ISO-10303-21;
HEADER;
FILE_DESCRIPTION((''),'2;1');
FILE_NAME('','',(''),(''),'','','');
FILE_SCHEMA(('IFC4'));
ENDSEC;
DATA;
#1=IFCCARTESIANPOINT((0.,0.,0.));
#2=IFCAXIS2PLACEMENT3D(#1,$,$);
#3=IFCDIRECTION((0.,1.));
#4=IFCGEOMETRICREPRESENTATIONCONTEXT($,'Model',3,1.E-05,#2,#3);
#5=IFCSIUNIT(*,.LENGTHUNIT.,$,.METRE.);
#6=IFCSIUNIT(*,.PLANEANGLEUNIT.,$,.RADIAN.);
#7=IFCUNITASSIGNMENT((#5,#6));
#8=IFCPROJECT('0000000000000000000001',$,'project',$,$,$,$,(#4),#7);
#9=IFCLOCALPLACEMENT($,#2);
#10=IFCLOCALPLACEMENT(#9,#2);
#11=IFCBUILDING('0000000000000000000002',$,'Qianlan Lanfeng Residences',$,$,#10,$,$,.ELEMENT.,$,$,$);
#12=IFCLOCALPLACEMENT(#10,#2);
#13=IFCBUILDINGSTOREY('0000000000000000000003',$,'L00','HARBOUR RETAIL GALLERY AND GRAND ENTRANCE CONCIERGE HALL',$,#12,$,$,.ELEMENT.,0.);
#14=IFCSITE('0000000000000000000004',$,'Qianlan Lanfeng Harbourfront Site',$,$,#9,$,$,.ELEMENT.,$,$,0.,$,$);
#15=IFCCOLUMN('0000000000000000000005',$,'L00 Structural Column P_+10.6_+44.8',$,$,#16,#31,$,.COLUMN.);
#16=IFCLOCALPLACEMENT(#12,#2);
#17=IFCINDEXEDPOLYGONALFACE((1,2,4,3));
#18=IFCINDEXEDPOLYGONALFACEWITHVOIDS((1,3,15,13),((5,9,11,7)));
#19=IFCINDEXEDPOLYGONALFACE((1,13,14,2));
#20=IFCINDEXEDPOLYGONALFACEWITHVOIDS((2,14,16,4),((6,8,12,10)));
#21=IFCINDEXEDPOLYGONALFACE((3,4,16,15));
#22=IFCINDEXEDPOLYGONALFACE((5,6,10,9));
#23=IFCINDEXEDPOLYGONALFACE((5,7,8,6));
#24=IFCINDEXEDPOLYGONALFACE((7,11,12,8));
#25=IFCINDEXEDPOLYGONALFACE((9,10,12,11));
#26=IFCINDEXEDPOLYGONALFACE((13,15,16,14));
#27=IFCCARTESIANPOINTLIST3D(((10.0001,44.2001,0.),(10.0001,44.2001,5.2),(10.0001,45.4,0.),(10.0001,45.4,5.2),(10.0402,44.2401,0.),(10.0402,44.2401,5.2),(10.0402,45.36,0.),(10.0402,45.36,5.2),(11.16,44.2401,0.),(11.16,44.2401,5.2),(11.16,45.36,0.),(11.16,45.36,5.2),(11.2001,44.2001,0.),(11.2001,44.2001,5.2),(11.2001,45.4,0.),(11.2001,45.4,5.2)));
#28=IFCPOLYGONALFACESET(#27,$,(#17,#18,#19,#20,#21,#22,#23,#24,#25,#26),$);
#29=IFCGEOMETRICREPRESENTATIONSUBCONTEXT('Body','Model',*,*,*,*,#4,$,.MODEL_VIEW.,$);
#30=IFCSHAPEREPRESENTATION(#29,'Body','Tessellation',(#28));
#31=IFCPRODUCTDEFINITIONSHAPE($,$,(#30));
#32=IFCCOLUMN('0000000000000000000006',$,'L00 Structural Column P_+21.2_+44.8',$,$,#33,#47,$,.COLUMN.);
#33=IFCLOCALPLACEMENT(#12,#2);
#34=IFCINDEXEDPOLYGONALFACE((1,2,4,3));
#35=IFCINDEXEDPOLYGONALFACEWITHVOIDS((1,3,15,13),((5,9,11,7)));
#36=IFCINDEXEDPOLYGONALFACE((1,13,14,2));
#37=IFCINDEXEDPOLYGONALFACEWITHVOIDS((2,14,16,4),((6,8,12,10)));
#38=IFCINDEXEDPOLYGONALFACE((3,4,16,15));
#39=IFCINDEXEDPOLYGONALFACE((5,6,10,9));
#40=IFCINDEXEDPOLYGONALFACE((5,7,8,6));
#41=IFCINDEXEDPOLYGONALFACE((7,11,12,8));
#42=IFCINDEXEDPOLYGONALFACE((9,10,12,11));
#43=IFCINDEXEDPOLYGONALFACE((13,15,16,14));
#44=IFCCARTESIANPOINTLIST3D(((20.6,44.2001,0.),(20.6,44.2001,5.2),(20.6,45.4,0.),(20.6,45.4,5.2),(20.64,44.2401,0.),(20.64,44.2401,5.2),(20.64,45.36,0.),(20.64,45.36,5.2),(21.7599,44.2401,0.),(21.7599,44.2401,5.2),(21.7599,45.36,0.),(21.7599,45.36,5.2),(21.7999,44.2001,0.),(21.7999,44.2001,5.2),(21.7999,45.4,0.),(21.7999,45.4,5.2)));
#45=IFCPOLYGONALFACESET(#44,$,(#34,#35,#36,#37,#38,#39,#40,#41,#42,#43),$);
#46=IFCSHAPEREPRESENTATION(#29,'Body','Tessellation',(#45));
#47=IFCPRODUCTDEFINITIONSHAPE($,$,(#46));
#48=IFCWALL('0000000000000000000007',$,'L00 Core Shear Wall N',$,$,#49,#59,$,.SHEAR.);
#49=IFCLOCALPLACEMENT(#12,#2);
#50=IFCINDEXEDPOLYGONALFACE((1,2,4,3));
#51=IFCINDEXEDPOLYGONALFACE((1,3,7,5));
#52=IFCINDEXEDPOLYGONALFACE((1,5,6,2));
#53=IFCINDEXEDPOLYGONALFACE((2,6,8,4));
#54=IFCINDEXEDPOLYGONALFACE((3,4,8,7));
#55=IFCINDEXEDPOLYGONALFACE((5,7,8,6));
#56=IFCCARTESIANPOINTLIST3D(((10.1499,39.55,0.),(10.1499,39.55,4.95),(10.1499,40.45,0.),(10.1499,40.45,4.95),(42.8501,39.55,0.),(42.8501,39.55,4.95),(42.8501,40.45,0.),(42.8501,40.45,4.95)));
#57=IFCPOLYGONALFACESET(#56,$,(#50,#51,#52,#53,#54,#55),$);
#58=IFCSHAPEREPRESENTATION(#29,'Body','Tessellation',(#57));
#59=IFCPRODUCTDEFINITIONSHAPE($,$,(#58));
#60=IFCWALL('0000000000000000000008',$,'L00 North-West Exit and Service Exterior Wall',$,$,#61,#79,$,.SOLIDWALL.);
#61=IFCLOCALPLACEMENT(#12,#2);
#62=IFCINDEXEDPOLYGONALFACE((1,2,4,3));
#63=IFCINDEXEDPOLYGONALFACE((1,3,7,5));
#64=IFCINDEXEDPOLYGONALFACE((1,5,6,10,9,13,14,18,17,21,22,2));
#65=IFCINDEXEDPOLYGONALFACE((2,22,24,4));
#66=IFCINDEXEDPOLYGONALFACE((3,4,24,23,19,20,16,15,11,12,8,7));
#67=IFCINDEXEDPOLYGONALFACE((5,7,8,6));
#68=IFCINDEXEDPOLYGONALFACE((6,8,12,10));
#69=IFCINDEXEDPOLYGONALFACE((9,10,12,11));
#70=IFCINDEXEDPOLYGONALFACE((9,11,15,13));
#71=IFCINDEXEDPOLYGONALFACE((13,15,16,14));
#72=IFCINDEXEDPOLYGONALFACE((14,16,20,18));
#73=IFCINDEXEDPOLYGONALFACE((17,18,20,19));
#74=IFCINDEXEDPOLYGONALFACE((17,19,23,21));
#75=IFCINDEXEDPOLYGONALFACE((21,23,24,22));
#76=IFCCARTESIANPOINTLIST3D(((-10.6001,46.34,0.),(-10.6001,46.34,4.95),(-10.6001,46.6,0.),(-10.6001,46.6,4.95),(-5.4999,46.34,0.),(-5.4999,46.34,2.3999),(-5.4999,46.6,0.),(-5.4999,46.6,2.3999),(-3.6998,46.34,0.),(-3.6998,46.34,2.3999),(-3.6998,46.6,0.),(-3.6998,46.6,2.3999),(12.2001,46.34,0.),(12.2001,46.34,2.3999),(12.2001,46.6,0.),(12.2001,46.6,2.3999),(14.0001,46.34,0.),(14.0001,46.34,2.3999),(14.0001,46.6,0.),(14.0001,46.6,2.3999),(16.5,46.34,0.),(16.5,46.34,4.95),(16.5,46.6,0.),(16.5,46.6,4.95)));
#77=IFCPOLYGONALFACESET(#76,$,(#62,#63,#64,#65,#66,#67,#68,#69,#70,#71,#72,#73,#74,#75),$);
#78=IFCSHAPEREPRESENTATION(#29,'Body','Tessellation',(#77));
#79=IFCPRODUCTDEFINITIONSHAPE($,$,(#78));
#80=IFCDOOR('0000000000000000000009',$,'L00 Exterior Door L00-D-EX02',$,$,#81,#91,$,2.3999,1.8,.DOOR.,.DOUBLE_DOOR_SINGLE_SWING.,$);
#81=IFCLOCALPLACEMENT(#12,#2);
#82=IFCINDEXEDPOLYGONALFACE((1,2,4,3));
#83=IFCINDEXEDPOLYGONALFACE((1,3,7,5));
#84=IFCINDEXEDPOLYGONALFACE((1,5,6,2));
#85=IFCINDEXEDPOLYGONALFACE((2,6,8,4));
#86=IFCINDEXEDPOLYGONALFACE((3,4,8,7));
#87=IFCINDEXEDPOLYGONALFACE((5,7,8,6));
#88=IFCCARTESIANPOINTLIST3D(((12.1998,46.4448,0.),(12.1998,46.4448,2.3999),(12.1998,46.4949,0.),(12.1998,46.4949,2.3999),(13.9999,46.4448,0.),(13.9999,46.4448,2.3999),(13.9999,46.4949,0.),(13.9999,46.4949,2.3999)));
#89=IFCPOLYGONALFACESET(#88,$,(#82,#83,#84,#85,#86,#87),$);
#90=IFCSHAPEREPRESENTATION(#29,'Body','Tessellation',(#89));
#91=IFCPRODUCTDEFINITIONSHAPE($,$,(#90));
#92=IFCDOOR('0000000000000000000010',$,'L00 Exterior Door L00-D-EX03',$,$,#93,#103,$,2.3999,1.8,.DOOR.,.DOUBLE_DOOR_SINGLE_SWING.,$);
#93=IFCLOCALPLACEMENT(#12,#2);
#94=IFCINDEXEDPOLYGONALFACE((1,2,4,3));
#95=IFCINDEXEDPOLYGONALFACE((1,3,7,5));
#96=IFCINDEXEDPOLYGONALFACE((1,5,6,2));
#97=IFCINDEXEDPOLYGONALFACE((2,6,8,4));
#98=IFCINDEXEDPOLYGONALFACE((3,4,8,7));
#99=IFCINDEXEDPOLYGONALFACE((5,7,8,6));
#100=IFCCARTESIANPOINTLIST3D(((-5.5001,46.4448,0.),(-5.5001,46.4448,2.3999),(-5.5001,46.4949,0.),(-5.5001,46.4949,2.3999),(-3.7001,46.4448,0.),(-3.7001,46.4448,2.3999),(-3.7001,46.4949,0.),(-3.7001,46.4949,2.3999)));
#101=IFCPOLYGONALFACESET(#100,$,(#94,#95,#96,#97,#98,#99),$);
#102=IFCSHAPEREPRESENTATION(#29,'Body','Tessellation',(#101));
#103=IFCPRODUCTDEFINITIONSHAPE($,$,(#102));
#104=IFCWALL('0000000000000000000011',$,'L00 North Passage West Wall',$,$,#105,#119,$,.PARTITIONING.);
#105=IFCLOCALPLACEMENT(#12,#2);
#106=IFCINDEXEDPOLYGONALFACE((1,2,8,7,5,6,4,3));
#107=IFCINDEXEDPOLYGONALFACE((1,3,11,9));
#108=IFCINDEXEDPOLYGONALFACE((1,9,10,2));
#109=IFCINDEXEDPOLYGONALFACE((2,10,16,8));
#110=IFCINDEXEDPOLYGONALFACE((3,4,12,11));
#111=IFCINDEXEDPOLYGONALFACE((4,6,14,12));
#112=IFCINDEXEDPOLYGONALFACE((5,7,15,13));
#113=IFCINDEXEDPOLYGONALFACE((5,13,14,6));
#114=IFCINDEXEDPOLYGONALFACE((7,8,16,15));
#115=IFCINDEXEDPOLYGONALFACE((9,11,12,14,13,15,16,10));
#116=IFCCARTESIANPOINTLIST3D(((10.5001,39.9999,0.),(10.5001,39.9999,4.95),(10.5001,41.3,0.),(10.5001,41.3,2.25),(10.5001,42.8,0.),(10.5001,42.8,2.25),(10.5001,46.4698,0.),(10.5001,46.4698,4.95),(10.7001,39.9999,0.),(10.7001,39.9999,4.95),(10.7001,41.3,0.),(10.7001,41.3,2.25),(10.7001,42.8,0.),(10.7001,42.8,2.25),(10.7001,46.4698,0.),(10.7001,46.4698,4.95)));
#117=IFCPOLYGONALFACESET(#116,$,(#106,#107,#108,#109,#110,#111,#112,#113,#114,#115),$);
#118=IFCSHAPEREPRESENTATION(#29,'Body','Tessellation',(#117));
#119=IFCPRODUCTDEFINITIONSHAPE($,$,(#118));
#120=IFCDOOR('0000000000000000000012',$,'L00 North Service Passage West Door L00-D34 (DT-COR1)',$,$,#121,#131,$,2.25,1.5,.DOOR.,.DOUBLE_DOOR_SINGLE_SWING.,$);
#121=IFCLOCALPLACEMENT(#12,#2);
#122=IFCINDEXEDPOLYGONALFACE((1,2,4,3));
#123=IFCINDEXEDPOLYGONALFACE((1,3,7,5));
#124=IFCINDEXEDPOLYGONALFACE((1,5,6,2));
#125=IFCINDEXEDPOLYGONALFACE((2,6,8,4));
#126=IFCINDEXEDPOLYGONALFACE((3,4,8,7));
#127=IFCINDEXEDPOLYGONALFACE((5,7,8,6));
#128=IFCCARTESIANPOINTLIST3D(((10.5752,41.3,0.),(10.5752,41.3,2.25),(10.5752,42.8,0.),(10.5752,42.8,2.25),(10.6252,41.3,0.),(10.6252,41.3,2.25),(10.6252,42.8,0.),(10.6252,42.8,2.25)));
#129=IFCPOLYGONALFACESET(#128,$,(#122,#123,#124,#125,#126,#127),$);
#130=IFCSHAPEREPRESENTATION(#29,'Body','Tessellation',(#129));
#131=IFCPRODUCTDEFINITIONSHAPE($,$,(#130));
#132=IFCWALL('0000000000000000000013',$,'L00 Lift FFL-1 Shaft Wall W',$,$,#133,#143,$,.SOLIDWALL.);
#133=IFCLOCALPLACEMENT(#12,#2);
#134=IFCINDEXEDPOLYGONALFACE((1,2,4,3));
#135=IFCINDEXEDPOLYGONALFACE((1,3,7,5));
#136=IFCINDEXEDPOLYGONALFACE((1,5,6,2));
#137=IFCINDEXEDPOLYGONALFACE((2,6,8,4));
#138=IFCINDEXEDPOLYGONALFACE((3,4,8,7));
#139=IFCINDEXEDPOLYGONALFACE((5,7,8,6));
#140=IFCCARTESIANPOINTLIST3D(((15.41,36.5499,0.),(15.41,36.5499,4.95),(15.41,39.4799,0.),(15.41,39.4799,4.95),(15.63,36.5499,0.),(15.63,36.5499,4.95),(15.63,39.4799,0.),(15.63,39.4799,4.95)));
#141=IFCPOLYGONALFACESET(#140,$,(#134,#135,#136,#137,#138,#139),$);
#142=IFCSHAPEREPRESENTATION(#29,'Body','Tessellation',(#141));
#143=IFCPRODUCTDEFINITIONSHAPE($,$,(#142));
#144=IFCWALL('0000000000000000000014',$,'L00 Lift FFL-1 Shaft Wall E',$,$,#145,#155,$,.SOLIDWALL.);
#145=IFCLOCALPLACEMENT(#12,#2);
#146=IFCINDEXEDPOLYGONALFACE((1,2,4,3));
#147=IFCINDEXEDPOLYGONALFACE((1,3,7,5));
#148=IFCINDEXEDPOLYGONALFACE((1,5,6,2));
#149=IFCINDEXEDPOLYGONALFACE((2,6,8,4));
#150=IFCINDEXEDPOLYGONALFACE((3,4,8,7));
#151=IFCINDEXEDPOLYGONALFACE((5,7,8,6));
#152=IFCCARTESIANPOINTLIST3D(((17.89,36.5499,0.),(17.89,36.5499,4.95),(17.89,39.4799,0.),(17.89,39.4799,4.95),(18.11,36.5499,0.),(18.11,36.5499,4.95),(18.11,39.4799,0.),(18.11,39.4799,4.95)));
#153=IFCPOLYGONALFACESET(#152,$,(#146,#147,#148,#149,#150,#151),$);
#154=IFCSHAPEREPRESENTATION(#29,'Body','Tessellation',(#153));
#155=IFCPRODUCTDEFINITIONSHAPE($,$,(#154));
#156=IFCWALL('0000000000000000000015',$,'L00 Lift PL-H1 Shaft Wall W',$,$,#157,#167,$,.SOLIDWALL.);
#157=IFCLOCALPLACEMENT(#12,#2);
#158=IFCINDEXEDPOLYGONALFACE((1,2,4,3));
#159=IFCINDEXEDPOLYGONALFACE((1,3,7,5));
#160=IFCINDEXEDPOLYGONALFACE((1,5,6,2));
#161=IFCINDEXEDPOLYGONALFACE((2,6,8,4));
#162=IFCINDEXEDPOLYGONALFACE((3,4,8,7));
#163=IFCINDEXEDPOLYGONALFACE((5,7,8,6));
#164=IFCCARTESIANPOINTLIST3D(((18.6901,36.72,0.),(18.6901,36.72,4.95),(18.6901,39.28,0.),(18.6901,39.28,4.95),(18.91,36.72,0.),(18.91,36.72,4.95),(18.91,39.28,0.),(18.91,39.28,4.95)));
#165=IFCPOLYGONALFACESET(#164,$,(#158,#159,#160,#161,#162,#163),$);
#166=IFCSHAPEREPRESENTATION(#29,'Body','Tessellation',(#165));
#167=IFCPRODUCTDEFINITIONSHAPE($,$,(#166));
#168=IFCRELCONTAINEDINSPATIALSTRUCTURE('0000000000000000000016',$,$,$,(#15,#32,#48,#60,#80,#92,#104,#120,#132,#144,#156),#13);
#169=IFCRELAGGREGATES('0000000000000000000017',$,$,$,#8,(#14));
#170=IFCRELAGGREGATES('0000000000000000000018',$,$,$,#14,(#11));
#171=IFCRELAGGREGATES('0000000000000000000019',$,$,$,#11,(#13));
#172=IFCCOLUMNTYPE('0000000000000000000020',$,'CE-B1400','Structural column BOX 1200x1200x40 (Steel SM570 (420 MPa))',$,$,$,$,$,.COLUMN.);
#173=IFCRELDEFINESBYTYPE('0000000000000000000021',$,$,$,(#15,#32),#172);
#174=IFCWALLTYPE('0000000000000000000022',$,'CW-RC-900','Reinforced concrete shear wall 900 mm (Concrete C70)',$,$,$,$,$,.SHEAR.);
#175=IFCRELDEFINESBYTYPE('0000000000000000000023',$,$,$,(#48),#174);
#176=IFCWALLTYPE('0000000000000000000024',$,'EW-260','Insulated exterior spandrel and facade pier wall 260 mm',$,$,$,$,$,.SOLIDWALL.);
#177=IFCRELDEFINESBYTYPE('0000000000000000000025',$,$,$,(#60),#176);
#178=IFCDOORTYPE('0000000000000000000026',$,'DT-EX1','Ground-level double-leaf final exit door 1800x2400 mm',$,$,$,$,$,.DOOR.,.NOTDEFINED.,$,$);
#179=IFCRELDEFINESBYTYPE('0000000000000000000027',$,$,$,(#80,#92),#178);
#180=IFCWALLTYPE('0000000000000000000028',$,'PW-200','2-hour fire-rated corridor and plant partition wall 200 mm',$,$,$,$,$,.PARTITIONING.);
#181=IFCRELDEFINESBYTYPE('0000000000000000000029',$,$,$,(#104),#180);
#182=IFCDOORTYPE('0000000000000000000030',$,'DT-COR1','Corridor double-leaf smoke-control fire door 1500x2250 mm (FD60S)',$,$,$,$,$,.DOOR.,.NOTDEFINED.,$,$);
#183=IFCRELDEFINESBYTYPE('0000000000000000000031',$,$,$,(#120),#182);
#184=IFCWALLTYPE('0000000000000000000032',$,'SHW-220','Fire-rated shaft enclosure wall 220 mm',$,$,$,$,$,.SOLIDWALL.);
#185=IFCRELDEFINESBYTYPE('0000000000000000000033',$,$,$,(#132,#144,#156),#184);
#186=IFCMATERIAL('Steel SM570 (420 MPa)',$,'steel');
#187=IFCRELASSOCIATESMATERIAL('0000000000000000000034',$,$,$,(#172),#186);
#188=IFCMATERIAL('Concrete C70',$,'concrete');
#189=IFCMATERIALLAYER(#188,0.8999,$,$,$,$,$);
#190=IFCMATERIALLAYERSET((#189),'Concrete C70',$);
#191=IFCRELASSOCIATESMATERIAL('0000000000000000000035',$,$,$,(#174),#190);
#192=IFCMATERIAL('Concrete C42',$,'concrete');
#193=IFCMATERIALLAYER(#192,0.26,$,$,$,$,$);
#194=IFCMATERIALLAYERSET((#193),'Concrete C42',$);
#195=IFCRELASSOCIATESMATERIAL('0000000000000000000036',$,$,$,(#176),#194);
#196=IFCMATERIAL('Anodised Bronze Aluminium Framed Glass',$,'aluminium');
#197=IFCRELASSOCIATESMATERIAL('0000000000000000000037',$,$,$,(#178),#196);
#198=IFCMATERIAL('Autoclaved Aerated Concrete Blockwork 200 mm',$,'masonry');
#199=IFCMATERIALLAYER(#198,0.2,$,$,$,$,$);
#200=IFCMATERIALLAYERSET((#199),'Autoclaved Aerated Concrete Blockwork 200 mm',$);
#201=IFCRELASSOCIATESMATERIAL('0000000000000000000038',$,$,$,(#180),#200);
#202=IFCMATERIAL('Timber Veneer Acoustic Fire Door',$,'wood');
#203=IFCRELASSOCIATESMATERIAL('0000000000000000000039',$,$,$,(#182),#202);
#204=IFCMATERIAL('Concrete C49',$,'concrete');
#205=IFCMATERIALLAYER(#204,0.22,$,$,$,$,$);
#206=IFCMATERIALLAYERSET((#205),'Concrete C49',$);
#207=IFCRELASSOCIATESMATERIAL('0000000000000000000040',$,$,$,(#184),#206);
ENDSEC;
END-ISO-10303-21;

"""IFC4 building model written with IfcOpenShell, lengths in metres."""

from ifc_helpers import new_model, si_unit, direction, frame, frame_2d, origin, origin_2d, place, context, subcontext, project, spatial, rectangle, hollow_rectangle, extrude, material, layer, layer_set, material_profile, profile_set, type_object, element, fill, save


model = new_model("IFC4")

# Units and contexts
model_context = context("Model", 3, precision=1e-05, world=origin(), true_north=direction((0.0, 1.0)))
body_context = subcontext(model_context, "Body", "Model", "MODEL_VIEW")
ifc_project = project(units=[si_unit("LENGTHUNIT", "METRE"), si_unit("PLANEANGLEUNIT", "RADIAN")], contexts=[model_context])

# Site, building, storey
site_placement = place(None, origin())
site = spatial("IfcSite", under=ifc_project, at=site_placement, Name="Qianlan Lanfeng Harbourfront Site", CompositionType="ELEMENT", RefElevation=0.0)
building_placement = place(site_placement, origin())
building = spatial("IfcBuilding", under=site, at=building_placement, Name="Qianlan Lanfeng Residences", CompositionType="ELEMENT")
storey_placement = place(building_placement, origin())
storey = spatial("IfcBuildingStorey", under=building, at=storey_placement, Name="L00", Description="HARBOUR RETAIL GALLERY AND GRAND ENTRANCE CONCIERGE HALL", CompositionType="ELEMENT", Elevation=0.0)

# Columns
ifc_material_1 = material(Name="Steel SM570 (420 MPa)", Category="steel")
ifc_material_profile = material_profile(ifc_material_1, hollow_rectangle(XDim=1.2, YDim=1.2, WallThickness=0.04, at=origin_2d()), Name="BOX 1200x1200x40")
ifc_profile_set = profile_set([ifc_material_profile], Name="Steel SM570 (420 MPa)")
column_type = type_object("IfcColumnType", Name="CE-B1400", Description="Structural column BOX 1200x1200x40 (Steel SM570 (420 MPa))", PredefinedType="COLUMN", material=ifc_profile_set)
for number, where, z_axis, x_axis, name in (
    (1, (10.6001, 44.8, 0.0), (0.0, 0.0, 1.0), (1.0, 0.0, 0.0), "L00 Structural Column P_+10.6_+44.8"),
    (2, (21.2, 44.8, 0.0), (0.0, 0.0, 1.0), (1.0, 0.0, 0.0), "L00 Structural Column P_+21.2_+44.8"),
):
    element("IfcColumn", number, at=place(storey_placement, frame(where, z_axis=z_axis, x_axis=x_axis)), inside=storey, type_object=column_type, Name=name, PredefinedType="COLUMN", context=body_context, shape_type="SweptSolid", body=[
        extrude(hollow_rectangle(XDim=1.2, YDim=1.2, WallThickness=0.04, at=origin_2d()), origin(), (0.0, 0.0, 1.0), 5.2),
    ])

# Shared definitions
ifc_material_2 = material(Name="Concrete C70", Category="concrete")

# Wall
ifc_layer_1 = layer(ifc_material_2, 0.8999)
ifc_layer_set_1 = layer_set([ifc_layer_1], Name="Concrete C70")
wall_type_1 = type_object("IfcWallType", Name="CW-RC-900", Description="Reinforced concrete shear wall 900 mm (Concrete C70)", PredefinedType="SHEAR", material=ifc_layer_set_1)
wall_1_placement = place(storey_placement, frame((10.1499, 40.0, 0.0), z_axis=(0.0, 0.0, 1.0), x_axis=(1.0, 0.0, 0.0)))
element("IfcWall", 3, at=wall_1_placement, inside=storey, type_object=wall_type_1, Name="L00 Core Shear Wall N", PredefinedType="SHEAR", context=body_context, shape_type="SweptSolid", body=[
    extrude(rectangle(XDim=32.7002, YDim=0.8999, at=frame_2d((16.3501, 0.0))), origin(), (0.0, 0.0, 1.0), 4.95),
])

# Wall, openings, doors
ifc_material_3 = material(Name="Concrete C42", Category="concrete")
ifc_layer_2 = layer(ifc_material_3, 0.26)
ifc_layer_set_2 = layer_set([ifc_layer_2], Name="Concrete C42")
wall_type_2 = type_object("IfcWallType", Name="EW-260", Description="Insulated exterior spandrel and facade pier wall 260 mm", PredefinedType="SOLIDWALL", material=ifc_layer_set_2)
wall_2_placement = place(storey_placement, frame((16.5, 46.47, 0.0), z_axis=(0.0, 0.0, 1.0), x_axis=(-1.0, 0.0, 0.0)))
wall_2 = element("IfcWall", 4, at=wall_2_placement, inside=storey, type_object=wall_type_2, Name="L00 North-West Exit and Service Exterior Wall", PredefinedType="SOLIDWALL", context=body_context, shape_type="SweptSolid", body=[
    extrude(rectangle(XDim=27.1001, YDim=0.26, at=frame_2d((13.55, 0.0))), origin(), (0.0, 0.0, 1.0), 4.95),
])
opening_1_placement = place(wall_2_placement, frame((2.5, 0.0, 0.0)))
opening_1 = element("IfcOpeningElement", 5, at=opening_1_placement, cuts=wall_2, PredefinedType="OPENING", context=body_context, shape_type="SweptSolid", body=[
    extrude(rectangle(XDim=1.8, YDim=2.3999, at=frame_2d((0.8999, 1.2))), frame((0.0, 0.1401, 0.0), z_axis=(0.0, -1.0, 0.0), x_axis=(1.0, 0.0, 0.0)), (0.0, 0.0, 1.0), 0.28),
])
opening_2_placement = place(wall_2_placement, frame((20.2, 0.0, 0.0)))
opening_2 = element("IfcOpeningElement", 6, at=opening_2_placement, cuts=wall_2, PredefinedType="OPENING", context=body_context, shape_type="SweptSolid", body=[
    extrude(rectangle(XDim=1.8, YDim=2.3999, at=frame_2d((0.8999, 1.2))), frame((0.0, 0.1401, 0.0), z_axis=(0.0, -1.0, 0.0), x_axis=(1.0, 0.0, 0.0)), (0.0, 0.0, 1.0), 0.28),
])
ifc_material_4 = material(Name="Anodised Bronze Aluminium Framed Glass", Category="aluminium")
door_type_1 = type_object("IfcDoorType", Name="DT-EX1", Description="Ground-level double-leaf final exit door 1800x2400 mm", OperationType="NOTDEFINED", PredefinedType="DOOR", material=ifc_material_4)
door_1_placement = place(opening_1_placement, frame((1.8, 0.0, 0.0), z_axis=(0.0, 0.0, 1.0), x_axis=(-1.0, 0.0, 0.0)))
door_1 = element("IfcDoor", 7, at=door_1_placement, inside=storey, type_object=door_type_1, Name="L00 Exterior Door L00-D-EX02", OperationType="DOUBLE_DOOR_SINGLE_SWING", OverallHeight=2.3999, OverallWidth=1.8, PredefinedType="DOOR", context=body_context, shape_type="SweptSolid", body=[
    extrude(rectangle(XDim=1.8, YDim=2.3999, at=frame_2d((0.8999, 1.2))), frame((0.0, 0.0249, 0.0), z_axis=(0.0, -1.0, 0.0), x_axis=(1.0, 0.0, 0.0)), (0.0, 0.0, 1.0), 0.05),
])
fill(opening_1, door_1)
door_2_placement = place(opening_2_placement, frame((1.8, 0.0, 0.0), z_axis=(0.0, 0.0, 1.0), x_axis=(-1.0, 0.0, 0.0)))
door_2 = element("IfcDoor", 8, at=door_2_placement, inside=storey, type_object=door_type_1, Name="L00 Exterior Door L00-D-EX03", OperationType="DOUBLE_DOOR_SINGLE_SWING", OverallHeight=2.3999, OverallWidth=1.8, PredefinedType="DOOR", context=body_context, shape_type="SweptSolid", body=[
    extrude(rectangle(XDim=1.8, YDim=2.3999, at=frame_2d((0.8999, 1.2))), frame((0.0, 0.0249, 0.0), z_axis=(0.0, -1.0, 0.0), x_axis=(1.0, 0.0, 0.0)), (0.0, 0.0, 1.0), 0.05),
])
fill(opening_2, door_2)

# Wall, opening, door
ifc_material_5 = material(Name="Autoclaved Aerated Concrete Blockwork 200 mm", Category="masonry")
ifc_layer_3 = layer(ifc_material_5, 0.2)
ifc_layer_set_3 = layer_set([ifc_layer_3], Name="Autoclaved Aerated Concrete Blockwork 200 mm")
wall_type_3 = type_object("IfcWallType", Name="PW-200", Description="2-hour fire-rated corridor and plant partition wall 200 mm", PredefinedType="PARTITIONING", material=ifc_layer_set_3)
wall_3_placement = place(storey_placement, frame((10.6001, 40.0, 0.0), z_axis=(0.0, 0.0, 1.0), x_axis=(0.0, 1.0, 0.0)))
wall_3 = element("IfcWall", 9, at=wall_3_placement, inside=storey, type_object=wall_type_3, Name="L00 North Passage West Wall", PredefinedType="PARTITIONING", context=body_context, shape_type="SweptSolid", body=[
    extrude(rectangle(XDim=6.47, YDim=0.2, at=frame_2d((3.2349, 0.0))), origin(), (0.0, 0.0, 1.0), 4.95),
])
opening_3_placement = place(wall_3_placement, frame((1.3, 0.0, 0.0)))
opening_3 = element("IfcOpeningElement", 10, at=opening_3_placement, cuts=wall_3, PredefinedType="OPENING", context=body_context, shape_type="SweptSolid", body=[
    extrude(rectangle(XDim=1.5, YDim=2.25, at=frame_2d((0.75, 1.125))), frame((0.0, 0.1099, 0.0), z_axis=(0.0, -1.0, 0.0), x_axis=(1.0, 0.0, 0.0)), (0.0, 0.0, 1.0), 0.22),
])
ifc_material_6 = material(Name="Timber Veneer Acoustic Fire Door", Category="wood")
door_type_2 = type_object("IfcDoorType", Name="DT-COR1", Description="Corridor double-leaf smoke-control fire door 1500x2250 mm (FD60S)", OperationType="NOTDEFINED", PredefinedType="DOOR", material=ifc_material_6)
door_3_placement = place(opening_3_placement, origin())
door_3 = element("IfcDoor", 11, at=door_3_placement, inside=storey, type_object=door_type_2, Name="L00 North Service Passage West Door L00-D34 (DT-COR1)", OperationType="DOUBLE_DOOR_SINGLE_SWING", OverallHeight=2.25, OverallWidth=1.5, PredefinedType="DOOR", context=body_context, shape_type="SweptSolid", body=[
    extrude(rectangle(XDim=1.5, YDim=2.25, at=frame_2d((0.75, 1.125))), frame((0.0, 0.0249, 0.0), z_axis=(0.0, -1.0, 0.0), x_axis=(1.0, 0.0, 0.0)), (0.0, 0.0, 1.0), 0.05),
])
fill(opening_3, door_3)

# Walls
ifc_material_7 = material(Name="Concrete C49", Category="concrete")
ifc_layer_4 = layer(ifc_material_7, 0.22)
ifc_layer_set_4 = layer_set([ifc_layer_4], Name="Concrete C49")
wall_type_4 = type_object("IfcWallType", Name="SHW-220", Description="Fire-rated shaft enclosure wall 220 mm", PredefinedType="SOLIDWALL", material=ifc_layer_set_4)
for number, where, z_axis, x_axis, name in (
    (12, (15.52, 36.55, 0.0), (0.0, 0.0, 1.0), (0.0, 1.0, 0.0), "L00 Lift FFL-1 Shaft Wall W"),
    (13, (18.0, 36.55, 0.0), (0.0, 0.0, 1.0), (0.0, 1.0, 0.0), "L00 Lift FFL-1 Shaft Wall E"),
):
    element("IfcWall", number, at=place(storey_placement, frame(where, z_axis=z_axis, x_axis=x_axis)), inside=storey, type_object=wall_type_4, Name=name, PredefinedType="SOLIDWALL", context=body_context, shape_type="SweptSolid", body=[
        extrude(rectangle(XDim=2.9299, YDim=0.22, at=frame_2d((1.4648, 0.0))), origin(), (0.0, 0.0, 1.0), 4.95),
    ])
wall_4_placement = place(storey_placement, frame((18.8, 36.72, 0.0), z_axis=(0.0, 0.0, 1.0), x_axis=(0.0, 1.0, 0.0)))
element("IfcWall", 14, at=wall_4_placement, inside=storey, type_object=wall_type_4, Name="L00 Lift PL-H1 Shaft Wall W", PredefinedType="SOLIDWALL", context=body_context, shape_type="SweptSolid", body=[
    extrude(rectangle(XDim=2.5601, YDim=0.22, at=frame_2d((1.28, 0.0))), origin(), (0.0, 0.0, 1.0), 4.95),
])

save(model, "model.ifc")
